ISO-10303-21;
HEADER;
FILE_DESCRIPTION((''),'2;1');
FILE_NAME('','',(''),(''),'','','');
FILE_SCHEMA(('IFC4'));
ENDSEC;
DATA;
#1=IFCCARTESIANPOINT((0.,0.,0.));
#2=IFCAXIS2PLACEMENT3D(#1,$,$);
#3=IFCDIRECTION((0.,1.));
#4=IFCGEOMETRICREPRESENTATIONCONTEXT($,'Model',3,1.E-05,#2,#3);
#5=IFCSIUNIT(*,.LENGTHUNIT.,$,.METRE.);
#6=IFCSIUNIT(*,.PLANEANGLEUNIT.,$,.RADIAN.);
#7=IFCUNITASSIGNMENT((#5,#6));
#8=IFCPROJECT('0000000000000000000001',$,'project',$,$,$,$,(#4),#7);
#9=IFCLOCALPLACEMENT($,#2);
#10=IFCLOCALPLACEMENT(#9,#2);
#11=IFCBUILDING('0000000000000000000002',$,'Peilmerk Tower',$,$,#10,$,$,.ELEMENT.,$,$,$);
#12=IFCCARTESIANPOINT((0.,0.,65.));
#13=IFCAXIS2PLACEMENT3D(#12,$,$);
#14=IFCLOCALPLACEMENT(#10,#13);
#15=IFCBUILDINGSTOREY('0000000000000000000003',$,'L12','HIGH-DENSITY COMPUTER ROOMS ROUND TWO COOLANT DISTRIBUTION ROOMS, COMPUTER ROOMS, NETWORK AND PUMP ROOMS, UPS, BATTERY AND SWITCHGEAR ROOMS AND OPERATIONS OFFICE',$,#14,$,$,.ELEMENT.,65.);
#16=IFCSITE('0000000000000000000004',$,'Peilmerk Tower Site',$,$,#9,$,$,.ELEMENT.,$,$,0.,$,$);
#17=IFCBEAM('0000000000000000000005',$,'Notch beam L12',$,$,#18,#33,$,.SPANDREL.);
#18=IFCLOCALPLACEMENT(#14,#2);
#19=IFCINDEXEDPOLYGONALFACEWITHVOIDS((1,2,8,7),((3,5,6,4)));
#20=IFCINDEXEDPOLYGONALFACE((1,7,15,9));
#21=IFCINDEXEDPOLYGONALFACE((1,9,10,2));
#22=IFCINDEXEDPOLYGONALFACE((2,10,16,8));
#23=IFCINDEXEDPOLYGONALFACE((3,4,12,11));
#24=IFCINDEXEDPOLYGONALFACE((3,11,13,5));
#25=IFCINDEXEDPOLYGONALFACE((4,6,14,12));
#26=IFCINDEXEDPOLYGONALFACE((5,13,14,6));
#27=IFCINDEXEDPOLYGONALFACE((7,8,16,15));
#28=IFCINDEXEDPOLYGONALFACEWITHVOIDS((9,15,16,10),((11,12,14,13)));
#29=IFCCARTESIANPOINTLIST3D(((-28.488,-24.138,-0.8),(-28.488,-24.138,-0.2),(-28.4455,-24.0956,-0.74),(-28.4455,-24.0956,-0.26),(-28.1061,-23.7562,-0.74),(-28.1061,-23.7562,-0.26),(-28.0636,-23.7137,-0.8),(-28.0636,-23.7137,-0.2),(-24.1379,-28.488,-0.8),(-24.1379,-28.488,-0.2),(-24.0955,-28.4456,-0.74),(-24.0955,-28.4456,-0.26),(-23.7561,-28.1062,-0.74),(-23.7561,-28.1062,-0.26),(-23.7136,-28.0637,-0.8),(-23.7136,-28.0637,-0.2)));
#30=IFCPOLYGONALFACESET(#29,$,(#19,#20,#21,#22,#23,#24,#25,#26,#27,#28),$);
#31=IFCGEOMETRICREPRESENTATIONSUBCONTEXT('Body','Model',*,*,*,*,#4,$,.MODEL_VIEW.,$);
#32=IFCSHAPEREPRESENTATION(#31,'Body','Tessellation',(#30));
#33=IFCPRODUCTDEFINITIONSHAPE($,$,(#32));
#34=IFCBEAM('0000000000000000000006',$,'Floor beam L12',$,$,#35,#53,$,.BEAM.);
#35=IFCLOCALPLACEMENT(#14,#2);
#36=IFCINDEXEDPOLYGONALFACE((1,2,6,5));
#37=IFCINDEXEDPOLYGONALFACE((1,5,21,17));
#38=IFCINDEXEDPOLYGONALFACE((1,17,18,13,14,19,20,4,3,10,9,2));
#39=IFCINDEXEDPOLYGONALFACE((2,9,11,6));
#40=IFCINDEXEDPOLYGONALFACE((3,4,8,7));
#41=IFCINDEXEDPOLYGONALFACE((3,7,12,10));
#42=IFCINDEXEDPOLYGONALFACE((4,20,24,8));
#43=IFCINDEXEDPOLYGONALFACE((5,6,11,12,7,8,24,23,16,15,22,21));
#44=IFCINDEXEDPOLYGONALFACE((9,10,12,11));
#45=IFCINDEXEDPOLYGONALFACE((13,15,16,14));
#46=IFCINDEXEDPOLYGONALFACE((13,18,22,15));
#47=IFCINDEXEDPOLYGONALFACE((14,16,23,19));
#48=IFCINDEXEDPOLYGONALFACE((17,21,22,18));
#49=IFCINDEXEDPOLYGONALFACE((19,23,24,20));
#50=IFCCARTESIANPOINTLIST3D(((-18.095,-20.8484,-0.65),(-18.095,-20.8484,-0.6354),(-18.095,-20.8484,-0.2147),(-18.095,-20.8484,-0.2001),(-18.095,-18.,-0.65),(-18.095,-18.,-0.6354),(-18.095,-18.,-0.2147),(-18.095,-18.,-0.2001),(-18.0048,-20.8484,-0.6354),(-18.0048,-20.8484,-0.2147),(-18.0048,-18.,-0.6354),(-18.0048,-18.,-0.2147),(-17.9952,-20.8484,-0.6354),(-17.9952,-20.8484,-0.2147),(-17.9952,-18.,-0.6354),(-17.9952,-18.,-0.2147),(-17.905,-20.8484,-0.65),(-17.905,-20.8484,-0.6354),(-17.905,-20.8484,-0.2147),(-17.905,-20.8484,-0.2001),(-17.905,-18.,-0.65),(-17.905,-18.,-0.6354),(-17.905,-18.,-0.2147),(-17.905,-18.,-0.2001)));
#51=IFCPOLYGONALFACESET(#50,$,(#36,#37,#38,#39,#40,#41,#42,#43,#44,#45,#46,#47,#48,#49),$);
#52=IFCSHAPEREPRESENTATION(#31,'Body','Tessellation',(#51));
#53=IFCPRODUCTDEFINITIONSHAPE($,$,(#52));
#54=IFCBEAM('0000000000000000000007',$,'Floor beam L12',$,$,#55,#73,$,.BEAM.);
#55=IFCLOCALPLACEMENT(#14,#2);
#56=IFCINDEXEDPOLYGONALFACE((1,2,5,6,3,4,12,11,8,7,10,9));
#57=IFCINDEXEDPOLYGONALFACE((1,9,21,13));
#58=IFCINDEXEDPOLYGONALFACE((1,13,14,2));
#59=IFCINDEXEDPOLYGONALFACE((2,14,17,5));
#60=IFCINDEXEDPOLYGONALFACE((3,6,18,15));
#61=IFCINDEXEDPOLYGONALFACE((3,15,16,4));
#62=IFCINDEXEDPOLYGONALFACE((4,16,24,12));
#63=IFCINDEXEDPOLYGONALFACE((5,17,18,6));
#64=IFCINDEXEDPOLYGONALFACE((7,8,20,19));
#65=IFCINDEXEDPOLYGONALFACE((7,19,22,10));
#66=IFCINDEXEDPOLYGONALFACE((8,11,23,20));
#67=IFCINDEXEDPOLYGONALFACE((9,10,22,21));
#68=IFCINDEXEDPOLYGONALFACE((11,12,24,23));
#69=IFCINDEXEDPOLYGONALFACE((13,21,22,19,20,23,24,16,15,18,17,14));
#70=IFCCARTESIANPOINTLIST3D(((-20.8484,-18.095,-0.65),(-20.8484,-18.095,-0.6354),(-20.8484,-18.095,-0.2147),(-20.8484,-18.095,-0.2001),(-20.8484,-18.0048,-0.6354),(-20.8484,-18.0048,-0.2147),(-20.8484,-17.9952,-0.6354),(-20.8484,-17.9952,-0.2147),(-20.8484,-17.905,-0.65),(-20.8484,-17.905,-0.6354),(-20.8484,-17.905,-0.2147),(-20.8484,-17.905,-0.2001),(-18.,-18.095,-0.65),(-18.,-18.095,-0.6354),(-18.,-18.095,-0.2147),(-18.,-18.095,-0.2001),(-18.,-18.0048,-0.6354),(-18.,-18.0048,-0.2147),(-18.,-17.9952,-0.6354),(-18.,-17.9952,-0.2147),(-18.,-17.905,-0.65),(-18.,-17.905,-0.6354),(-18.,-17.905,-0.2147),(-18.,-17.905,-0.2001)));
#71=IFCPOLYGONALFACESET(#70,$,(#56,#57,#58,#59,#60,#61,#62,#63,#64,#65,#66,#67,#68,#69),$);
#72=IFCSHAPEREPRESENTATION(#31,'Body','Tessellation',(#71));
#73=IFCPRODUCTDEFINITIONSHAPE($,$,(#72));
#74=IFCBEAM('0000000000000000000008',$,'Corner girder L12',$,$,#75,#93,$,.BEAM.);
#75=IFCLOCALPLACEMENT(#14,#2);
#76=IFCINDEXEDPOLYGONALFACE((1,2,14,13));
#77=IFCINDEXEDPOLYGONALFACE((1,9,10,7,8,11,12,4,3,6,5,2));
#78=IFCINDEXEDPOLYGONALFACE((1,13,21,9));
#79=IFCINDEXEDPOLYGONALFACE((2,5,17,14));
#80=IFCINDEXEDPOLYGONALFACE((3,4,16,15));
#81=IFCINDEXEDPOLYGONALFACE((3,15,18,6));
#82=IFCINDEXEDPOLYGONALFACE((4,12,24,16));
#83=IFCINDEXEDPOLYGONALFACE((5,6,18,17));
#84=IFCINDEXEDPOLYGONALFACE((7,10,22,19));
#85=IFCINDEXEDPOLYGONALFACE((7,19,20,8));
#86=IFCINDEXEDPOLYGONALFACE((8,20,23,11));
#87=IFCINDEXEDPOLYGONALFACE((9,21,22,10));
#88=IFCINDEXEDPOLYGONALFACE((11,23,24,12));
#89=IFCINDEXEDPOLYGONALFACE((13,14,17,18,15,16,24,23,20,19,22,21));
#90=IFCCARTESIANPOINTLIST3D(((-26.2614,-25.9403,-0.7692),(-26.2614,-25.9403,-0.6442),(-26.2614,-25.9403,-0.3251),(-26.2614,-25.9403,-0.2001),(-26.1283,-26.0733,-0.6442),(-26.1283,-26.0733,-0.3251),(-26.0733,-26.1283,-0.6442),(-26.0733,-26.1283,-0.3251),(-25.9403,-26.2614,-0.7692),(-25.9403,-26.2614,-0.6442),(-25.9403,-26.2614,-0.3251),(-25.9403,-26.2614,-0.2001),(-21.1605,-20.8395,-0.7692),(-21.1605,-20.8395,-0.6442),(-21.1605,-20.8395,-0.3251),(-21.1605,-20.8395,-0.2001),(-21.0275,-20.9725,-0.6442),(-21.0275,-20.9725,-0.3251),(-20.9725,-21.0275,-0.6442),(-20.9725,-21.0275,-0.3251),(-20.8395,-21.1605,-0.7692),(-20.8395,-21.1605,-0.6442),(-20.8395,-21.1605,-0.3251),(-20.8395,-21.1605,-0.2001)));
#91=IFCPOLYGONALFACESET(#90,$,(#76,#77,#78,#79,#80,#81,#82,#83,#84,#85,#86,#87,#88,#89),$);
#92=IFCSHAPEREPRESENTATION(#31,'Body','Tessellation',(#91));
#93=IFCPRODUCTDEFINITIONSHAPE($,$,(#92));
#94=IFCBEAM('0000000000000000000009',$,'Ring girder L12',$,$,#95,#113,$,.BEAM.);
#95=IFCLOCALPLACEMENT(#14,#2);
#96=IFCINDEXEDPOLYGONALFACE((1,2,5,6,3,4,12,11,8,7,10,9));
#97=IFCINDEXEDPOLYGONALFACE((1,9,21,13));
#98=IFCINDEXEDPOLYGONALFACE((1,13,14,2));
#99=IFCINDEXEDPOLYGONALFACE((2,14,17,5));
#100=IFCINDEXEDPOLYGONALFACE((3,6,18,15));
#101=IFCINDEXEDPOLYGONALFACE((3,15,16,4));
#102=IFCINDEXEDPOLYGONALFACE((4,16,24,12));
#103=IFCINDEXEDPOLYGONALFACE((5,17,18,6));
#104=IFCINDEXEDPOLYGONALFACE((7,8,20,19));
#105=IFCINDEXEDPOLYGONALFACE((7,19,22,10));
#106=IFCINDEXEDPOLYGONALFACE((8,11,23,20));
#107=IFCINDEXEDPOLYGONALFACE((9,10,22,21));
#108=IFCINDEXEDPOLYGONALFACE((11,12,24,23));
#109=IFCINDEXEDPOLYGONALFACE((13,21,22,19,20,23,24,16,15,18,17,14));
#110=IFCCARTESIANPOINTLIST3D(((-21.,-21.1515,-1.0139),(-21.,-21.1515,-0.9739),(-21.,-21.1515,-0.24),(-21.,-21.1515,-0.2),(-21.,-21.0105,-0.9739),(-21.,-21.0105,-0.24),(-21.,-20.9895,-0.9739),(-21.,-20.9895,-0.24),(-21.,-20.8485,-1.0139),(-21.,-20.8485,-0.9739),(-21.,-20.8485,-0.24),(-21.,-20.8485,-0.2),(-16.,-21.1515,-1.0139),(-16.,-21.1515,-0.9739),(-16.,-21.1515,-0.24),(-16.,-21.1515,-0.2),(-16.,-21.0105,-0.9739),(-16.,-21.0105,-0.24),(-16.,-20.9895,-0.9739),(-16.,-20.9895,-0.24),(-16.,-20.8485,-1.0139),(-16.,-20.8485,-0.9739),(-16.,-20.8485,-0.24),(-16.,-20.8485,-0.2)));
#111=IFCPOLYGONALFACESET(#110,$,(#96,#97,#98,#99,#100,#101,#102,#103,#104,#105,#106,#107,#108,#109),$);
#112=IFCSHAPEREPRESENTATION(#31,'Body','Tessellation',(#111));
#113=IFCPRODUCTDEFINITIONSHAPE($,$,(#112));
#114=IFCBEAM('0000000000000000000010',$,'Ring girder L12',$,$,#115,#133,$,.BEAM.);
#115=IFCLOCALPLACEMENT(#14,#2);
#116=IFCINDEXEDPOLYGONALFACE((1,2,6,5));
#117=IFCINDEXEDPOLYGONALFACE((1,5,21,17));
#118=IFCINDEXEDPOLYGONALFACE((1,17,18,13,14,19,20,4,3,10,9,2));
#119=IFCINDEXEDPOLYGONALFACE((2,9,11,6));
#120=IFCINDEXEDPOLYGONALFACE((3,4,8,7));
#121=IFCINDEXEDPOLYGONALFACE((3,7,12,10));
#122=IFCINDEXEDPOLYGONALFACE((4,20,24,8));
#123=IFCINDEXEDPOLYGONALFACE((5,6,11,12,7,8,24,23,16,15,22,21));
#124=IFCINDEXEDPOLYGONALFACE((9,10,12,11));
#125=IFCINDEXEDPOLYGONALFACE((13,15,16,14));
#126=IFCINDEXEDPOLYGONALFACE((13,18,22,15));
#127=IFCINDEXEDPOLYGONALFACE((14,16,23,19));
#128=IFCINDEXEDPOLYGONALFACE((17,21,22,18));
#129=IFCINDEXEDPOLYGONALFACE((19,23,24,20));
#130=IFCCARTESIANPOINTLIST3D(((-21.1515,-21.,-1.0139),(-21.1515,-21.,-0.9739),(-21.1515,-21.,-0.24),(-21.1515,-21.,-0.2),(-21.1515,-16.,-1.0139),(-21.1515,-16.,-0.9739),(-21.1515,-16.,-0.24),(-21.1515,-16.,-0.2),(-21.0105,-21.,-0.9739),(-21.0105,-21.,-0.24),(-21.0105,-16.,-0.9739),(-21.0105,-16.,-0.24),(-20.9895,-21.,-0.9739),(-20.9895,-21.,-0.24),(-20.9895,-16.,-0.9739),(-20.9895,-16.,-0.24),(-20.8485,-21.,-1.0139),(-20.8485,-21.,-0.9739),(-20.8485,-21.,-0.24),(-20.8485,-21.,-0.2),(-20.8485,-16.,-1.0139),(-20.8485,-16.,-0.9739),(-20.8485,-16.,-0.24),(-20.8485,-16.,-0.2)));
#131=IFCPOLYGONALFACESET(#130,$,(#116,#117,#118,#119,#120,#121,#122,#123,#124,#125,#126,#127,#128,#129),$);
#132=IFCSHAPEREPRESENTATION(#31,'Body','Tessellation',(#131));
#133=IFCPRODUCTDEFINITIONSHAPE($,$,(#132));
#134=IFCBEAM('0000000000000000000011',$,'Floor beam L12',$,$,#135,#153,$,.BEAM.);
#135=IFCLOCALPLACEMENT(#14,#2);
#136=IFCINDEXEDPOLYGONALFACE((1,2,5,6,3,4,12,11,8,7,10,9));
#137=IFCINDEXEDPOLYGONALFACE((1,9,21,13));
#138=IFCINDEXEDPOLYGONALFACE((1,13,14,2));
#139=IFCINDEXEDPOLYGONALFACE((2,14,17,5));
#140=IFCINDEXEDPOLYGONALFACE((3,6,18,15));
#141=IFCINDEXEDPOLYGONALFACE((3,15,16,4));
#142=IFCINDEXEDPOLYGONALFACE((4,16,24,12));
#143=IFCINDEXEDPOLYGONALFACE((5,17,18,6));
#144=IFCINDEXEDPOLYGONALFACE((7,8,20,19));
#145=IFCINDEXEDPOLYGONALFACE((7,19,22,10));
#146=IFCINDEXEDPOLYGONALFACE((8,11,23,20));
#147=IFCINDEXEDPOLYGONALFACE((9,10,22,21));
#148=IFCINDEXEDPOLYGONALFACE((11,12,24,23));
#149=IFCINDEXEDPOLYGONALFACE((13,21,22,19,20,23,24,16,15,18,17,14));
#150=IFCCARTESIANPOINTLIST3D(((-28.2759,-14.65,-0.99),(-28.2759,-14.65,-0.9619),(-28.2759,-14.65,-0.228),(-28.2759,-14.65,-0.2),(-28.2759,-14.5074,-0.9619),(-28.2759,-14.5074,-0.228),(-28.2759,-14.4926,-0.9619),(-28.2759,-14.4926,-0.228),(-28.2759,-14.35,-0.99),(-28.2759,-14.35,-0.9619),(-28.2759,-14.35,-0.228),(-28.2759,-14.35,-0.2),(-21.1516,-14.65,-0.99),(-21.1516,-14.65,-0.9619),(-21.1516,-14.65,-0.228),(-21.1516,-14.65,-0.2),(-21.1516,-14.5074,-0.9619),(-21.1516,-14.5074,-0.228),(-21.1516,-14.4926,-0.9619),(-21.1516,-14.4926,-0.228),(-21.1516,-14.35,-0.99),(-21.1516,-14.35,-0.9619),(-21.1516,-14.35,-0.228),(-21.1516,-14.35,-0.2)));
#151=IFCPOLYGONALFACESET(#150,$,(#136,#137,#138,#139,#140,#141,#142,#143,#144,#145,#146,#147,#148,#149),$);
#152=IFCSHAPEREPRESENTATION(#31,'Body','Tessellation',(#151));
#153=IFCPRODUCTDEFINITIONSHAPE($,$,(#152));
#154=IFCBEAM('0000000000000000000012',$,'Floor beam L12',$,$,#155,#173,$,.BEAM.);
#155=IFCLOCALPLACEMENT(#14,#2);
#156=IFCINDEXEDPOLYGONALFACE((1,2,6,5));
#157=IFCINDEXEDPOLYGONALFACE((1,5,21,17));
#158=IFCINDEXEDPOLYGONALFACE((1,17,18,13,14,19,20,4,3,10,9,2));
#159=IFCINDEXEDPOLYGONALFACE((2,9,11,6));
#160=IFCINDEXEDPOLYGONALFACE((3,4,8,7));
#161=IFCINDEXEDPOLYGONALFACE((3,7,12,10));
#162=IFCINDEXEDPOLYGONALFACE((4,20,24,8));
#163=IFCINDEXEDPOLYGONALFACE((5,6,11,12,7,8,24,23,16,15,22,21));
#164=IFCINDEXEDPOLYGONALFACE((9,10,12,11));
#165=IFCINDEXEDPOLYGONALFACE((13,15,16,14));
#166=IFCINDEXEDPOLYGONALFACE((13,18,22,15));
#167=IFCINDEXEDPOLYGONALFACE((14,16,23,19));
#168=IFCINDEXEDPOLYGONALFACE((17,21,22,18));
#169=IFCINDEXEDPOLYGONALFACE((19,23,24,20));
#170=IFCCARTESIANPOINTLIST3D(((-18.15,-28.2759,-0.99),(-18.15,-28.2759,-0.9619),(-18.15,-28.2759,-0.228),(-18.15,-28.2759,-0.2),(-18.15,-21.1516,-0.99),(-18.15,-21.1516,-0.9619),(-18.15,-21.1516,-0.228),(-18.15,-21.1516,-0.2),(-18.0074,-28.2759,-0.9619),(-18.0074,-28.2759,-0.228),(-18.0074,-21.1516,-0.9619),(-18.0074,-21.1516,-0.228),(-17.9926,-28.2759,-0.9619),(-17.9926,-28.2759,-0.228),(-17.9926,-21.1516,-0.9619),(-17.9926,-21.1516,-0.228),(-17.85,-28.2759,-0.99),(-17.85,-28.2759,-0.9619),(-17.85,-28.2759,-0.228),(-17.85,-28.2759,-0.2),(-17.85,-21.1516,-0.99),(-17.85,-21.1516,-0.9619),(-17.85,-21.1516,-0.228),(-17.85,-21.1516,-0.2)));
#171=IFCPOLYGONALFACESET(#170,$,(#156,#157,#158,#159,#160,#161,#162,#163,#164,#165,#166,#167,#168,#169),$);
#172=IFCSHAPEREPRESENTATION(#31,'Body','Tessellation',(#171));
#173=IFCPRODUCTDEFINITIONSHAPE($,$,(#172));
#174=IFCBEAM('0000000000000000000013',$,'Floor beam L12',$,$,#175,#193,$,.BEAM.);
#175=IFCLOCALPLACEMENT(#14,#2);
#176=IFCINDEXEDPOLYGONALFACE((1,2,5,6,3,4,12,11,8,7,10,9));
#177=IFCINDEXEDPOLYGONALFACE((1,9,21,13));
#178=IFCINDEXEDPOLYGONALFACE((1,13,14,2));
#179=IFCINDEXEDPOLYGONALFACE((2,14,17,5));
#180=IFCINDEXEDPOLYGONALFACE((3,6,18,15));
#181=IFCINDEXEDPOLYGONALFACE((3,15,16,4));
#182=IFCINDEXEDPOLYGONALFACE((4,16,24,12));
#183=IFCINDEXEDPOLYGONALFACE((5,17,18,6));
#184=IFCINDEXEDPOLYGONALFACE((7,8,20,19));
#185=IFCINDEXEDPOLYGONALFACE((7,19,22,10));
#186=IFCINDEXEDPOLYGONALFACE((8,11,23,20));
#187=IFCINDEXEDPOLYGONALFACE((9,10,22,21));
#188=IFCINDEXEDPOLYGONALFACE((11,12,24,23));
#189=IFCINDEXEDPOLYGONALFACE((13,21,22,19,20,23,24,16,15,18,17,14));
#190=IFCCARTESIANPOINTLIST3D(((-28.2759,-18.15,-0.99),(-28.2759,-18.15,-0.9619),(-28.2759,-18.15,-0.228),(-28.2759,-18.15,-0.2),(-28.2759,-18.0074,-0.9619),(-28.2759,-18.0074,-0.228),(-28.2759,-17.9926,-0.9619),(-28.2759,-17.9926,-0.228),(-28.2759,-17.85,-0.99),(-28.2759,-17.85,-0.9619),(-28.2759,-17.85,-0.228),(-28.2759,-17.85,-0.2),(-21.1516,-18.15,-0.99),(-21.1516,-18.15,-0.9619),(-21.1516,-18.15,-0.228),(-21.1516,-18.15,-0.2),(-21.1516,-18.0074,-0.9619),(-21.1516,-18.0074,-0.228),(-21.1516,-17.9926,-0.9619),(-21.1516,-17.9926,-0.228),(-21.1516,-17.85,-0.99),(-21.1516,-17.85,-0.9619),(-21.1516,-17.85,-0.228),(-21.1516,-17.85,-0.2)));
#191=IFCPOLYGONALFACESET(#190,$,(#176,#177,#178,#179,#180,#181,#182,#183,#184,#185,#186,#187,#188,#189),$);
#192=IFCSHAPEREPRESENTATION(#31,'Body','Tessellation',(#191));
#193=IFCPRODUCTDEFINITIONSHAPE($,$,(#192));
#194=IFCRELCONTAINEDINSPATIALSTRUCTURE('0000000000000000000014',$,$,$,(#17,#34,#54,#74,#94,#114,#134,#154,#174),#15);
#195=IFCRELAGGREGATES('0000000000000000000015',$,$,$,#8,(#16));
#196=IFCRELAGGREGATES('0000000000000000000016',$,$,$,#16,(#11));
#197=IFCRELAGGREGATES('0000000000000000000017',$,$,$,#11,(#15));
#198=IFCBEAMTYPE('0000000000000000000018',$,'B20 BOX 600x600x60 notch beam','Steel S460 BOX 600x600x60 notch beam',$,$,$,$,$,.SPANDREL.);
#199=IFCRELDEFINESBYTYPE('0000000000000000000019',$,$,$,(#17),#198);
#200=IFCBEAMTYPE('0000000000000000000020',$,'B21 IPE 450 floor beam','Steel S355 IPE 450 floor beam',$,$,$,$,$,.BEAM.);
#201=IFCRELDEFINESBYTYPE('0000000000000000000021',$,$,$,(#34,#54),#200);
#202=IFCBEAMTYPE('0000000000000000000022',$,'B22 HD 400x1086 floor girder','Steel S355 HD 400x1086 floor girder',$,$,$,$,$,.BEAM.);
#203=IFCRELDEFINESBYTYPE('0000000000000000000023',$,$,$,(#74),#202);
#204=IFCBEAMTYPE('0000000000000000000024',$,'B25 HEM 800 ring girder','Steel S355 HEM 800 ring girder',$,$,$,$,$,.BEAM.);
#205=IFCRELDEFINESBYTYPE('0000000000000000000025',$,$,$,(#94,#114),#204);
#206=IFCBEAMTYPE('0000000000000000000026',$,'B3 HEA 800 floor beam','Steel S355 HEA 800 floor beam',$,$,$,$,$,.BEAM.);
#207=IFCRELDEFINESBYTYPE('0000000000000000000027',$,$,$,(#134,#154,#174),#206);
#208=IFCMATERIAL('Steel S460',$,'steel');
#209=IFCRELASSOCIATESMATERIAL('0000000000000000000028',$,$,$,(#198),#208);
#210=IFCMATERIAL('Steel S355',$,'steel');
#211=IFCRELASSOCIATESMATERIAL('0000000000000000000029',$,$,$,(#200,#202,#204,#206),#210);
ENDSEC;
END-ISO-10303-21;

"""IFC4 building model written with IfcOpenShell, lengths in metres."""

from ifc_helpers import new_model, si_unit, direction, frame, origin, origin_2d, place, context, subcontext, project, spatial, hollow_rectangle, i_section, extrude, material, material_profile, profile_set, type_object, element, save


model = new_model("IFC4")

# Units and contexts
model_context = context("Model", 3, precision=1e-05, world=origin(), true_north=direction((0.0, 1.0)))
body_context = subcontext(model_context, "Body", "Model", "MODEL_VIEW")
ifc_project = project(units=[si_unit("LENGTHUNIT", "METRE"), si_unit("PLANEANGLEUNIT", "RADIAN")], contexts=[model_context])

# Site, building, storey
site_placement = place(None, origin())
site = spatial("IfcSite", under=ifc_project, at=site_placement, Name="Peilmerk Tower Site", CompositionType="ELEMENT", RefElevation=0.0)
building_placement = place(site_placement, origin())
building = spatial("IfcBuilding", under=site, at=building_placement, Name="Peilmerk Tower", CompositionType="ELEMENT")
storey_placement = place(building_placement, frame((0.0, 0.0, 65.0)))
storey = spatial("IfcBuildingStorey", under=building, at=storey_placement, Name="L12", Description="HIGH-DENSITY COMPUTER ROOMS ROUND TWO COOLANT DISTRIBUTION ROOMS, COMPUTER ROOMS, NETWORK AND PUMP ROOMS, UPS, BATTERY AND SWITCHGEAR ROOMS AND OPERATIONS OFFICE", CompositionType="ELEMENT", Elevation=65.0)

# Beams
ifc_material_1 = material(Name="Steel S355", Category="steel")
ifc_material_2 = material(Name="Steel S460", Category="steel")
ifc_material_profile_1 = material_profile(ifc_material_2, hollow_rectangle(XDim=0.6001, YDim=0.6001, WallThickness=0.0601, at=origin_2d()), Name="BOX 600x600x60")
ifc_profile_set_1 = profile_set([ifc_material_profile_1], Name="Steel S460")
beam_type_1 = type_object("IfcBeamType", Name="B20 BOX 600x600x60 notch beam", Description="Steel S460 BOX 600x600x60 notch beam", PredefinedType="SPANDREL", material=ifc_profile_set_1)
beam_1_placement = place(storey_placement, frame((-23.9258, -28.2759, -0.5), z_axis=(-0.707107, 0.707107, 0.0), x_axis=(-0.707107, -0.707107, 0.0)))
element("IfcBeam", 1, at=beam_1_placement, inside=storey, type_object=beam_type_1, Name="Notch beam L12", PredefinedType="SPANDREL", context=body_context, shape_type="SweptSolid", body=[
    extrude(hollow_rectangle(XDim=0.6001, YDim=0.6001, WallThickness=0.0601, at=origin_2d()), origin(), (0.0, 0.0, 1.0), 6.1519),
])
ifc_material_profile_2 = material_profile(ifc_material_1, i_section(OverallWidth=0.1899, OverallDepth=0.45, WebThickness=0.0095, FlangeThickness=0.0146, at=origin_2d()), Name="IPE 450")
ifc_profile_set_2 = profile_set([ifc_material_profile_2], Name="Steel S355")
beam_type_2 = type_object("IfcBeamType", Name="B21 IPE 450 floor beam", Description="Steel S355 IPE 450 floor beam", PredefinedType="BEAM", material=ifc_profile_set_2)
for number, where, z_axis, x_axis, name in (
    (2, (-18.0, -18.0, -0.425), (0.0, -1.0, 0.0), (1.0, 0.0, 0.0), "Floor beam L12"),
    (3, (-18.0, -18.0, -0.425), (-1.0, 0.0, 0.0), (0.0, -1.0, 0.0), "Floor beam L12"),
):
    element("IfcBeam", number, at=place(storey_placement, frame(where, z_axis=z_axis, x_axis=x_axis)), inside=storey, type_object=beam_type_2, Name=name, PredefinedType="BEAM", context=body_context, shape_type="SweptSolid", body=[
        extrude(i_section(OverallWidth=0.1899, OverallDepth=0.45, WebThickness=0.0095, FlangeThickness=0.0146, at=origin_2d()), origin(), (0.0, 0.0, 1.0), 2.8484),
    ])
ifc_material_profile_3 = material_profile(ifc_material_1, i_section(OverallWidth=0.4541, OverallDepth=0.5691, WebThickness=0.0779, FlangeThickness=0.125, at=origin_2d()), Name="HD 400x1086")
ifc_profile_set_3 = profile_set([ifc_material_profile_3], Name="Steel S355")
beam_type_3 = type_object("IfcBeamType", Name="B22 HD 400x1086 floor girder", Description="Steel S355 HD 400x1086 floor girder", PredefinedType="BEAM", material=ifc_profile_set_3)
beam_2_placement = place(storey_placement, frame((-21.0, -21.0, -0.4846), z_axis=(-0.707107, -0.707107, 0.0), x_axis=(0.707107, -0.707107, 0.0)))
element("IfcBeam", 4, at=beam_2_placement, inside=storey, type_object=beam_type_3, Name="Corner girder L12", PredefinedType="BEAM", context=body_context, shape_type="SweptSolid", body=[
    extrude(i_section(OverallWidth=0.4541, OverallDepth=0.5691, WebThickness=0.0779, FlangeThickness=0.125, at=origin_2d()), origin(), (0.0, 0.0, 1.0), 7.2136),
])
ifc_material_profile_4 = material_profile(ifc_material_1, i_section(OverallWidth=0.303, OverallDepth=0.814, WebThickness=0.021, FlangeThickness=0.04, at=origin_2d()), Name="HEM 800")
ifc_profile_set_4 = profile_set([ifc_material_profile_4], Name="Steel S355")
beam_type_4 = type_object("IfcBeamType", Name="B25 HEM 800 ring girder", Description="Steel S355 HEM 800 ring girder", PredefinedType="BEAM", material=ifc_profile_set_4)
for number, where, z_axis, x_axis, name in (
    (5, (-21.0, -21.0, -0.6069), (1.0, 0.0, 0.0), (0.0, 1.0, 0.0), "Ring girder L12"),
    (6, (-21.0, -16.0, -0.6069), (0.0, -1.0, 0.0), (1.0, 0.0, 0.0), "Ring girder L12"),
):
    element("IfcBeam", number, at=place(storey_placement, frame(where, z_axis=z_axis, x_axis=x_axis)), inside=storey, type_object=beam_type_4, Name=name, PredefinedType="BEAM", context=body_context, shape_type="SweptSolid", body=[
        extrude(i_section(OverallWidth=0.303, OverallDepth=0.814, WebThickness=0.021, FlangeThickness=0.04, at=origin_2d()), origin(), (0.0, 0.0, 1.0), 5.0),
    ])
ifc_material_profile_5 = material_profile(ifc_material_1, i_section(OverallWidth=0.3, OverallDepth=0.79, WebThickness=0.0149, FlangeThickness=0.0281, at=origin_2d()), Name="HEA 800")
ifc_profile_set_5 = profile_set([ifc_material_profile_5], Name="Steel S355")
beam_type_5 = type_object("IfcBeamType", Name="B3 HEA 800 floor beam", Description="Steel S355 HEA 800 floor beam", PredefinedType="BEAM", material=ifc_profile_set_5)
for number, where, z_axis, x_axis, name in (
    (7, (-21.1516, -14.5, -0.595), (-1.0, 0.0, 0.0), (0.0, -1.0, 0.0), "Floor beam L12"),
    (8, (-18.0, -21.1516, -0.595), (0.0, -1.0, 0.0), (1.0, 0.0, 0.0), "Floor beam L12"),
    (9, (-21.1516, -18.0, -0.595), (-1.0, 0.0, 0.0), (0.0, -1.0, 0.0), "Floor beam L12"),
):
    element("IfcBeam", number, at=place(storey_placement, frame(where, z_axis=z_axis, x_axis=x_axis)), inside=storey, type_object=beam_type_5, Name=name, PredefinedType="BEAM", context=body_context, shape_type="SweptSolid", body=[
        extrude(i_section(OverallWidth=0.3, OverallDepth=0.79, WebThickness=0.0149, FlangeThickness=0.0281, at=origin_2d()), origin(), (0.0, 0.0, 1.0), 7.1243),
    ])

save(model, "model.ifc")
